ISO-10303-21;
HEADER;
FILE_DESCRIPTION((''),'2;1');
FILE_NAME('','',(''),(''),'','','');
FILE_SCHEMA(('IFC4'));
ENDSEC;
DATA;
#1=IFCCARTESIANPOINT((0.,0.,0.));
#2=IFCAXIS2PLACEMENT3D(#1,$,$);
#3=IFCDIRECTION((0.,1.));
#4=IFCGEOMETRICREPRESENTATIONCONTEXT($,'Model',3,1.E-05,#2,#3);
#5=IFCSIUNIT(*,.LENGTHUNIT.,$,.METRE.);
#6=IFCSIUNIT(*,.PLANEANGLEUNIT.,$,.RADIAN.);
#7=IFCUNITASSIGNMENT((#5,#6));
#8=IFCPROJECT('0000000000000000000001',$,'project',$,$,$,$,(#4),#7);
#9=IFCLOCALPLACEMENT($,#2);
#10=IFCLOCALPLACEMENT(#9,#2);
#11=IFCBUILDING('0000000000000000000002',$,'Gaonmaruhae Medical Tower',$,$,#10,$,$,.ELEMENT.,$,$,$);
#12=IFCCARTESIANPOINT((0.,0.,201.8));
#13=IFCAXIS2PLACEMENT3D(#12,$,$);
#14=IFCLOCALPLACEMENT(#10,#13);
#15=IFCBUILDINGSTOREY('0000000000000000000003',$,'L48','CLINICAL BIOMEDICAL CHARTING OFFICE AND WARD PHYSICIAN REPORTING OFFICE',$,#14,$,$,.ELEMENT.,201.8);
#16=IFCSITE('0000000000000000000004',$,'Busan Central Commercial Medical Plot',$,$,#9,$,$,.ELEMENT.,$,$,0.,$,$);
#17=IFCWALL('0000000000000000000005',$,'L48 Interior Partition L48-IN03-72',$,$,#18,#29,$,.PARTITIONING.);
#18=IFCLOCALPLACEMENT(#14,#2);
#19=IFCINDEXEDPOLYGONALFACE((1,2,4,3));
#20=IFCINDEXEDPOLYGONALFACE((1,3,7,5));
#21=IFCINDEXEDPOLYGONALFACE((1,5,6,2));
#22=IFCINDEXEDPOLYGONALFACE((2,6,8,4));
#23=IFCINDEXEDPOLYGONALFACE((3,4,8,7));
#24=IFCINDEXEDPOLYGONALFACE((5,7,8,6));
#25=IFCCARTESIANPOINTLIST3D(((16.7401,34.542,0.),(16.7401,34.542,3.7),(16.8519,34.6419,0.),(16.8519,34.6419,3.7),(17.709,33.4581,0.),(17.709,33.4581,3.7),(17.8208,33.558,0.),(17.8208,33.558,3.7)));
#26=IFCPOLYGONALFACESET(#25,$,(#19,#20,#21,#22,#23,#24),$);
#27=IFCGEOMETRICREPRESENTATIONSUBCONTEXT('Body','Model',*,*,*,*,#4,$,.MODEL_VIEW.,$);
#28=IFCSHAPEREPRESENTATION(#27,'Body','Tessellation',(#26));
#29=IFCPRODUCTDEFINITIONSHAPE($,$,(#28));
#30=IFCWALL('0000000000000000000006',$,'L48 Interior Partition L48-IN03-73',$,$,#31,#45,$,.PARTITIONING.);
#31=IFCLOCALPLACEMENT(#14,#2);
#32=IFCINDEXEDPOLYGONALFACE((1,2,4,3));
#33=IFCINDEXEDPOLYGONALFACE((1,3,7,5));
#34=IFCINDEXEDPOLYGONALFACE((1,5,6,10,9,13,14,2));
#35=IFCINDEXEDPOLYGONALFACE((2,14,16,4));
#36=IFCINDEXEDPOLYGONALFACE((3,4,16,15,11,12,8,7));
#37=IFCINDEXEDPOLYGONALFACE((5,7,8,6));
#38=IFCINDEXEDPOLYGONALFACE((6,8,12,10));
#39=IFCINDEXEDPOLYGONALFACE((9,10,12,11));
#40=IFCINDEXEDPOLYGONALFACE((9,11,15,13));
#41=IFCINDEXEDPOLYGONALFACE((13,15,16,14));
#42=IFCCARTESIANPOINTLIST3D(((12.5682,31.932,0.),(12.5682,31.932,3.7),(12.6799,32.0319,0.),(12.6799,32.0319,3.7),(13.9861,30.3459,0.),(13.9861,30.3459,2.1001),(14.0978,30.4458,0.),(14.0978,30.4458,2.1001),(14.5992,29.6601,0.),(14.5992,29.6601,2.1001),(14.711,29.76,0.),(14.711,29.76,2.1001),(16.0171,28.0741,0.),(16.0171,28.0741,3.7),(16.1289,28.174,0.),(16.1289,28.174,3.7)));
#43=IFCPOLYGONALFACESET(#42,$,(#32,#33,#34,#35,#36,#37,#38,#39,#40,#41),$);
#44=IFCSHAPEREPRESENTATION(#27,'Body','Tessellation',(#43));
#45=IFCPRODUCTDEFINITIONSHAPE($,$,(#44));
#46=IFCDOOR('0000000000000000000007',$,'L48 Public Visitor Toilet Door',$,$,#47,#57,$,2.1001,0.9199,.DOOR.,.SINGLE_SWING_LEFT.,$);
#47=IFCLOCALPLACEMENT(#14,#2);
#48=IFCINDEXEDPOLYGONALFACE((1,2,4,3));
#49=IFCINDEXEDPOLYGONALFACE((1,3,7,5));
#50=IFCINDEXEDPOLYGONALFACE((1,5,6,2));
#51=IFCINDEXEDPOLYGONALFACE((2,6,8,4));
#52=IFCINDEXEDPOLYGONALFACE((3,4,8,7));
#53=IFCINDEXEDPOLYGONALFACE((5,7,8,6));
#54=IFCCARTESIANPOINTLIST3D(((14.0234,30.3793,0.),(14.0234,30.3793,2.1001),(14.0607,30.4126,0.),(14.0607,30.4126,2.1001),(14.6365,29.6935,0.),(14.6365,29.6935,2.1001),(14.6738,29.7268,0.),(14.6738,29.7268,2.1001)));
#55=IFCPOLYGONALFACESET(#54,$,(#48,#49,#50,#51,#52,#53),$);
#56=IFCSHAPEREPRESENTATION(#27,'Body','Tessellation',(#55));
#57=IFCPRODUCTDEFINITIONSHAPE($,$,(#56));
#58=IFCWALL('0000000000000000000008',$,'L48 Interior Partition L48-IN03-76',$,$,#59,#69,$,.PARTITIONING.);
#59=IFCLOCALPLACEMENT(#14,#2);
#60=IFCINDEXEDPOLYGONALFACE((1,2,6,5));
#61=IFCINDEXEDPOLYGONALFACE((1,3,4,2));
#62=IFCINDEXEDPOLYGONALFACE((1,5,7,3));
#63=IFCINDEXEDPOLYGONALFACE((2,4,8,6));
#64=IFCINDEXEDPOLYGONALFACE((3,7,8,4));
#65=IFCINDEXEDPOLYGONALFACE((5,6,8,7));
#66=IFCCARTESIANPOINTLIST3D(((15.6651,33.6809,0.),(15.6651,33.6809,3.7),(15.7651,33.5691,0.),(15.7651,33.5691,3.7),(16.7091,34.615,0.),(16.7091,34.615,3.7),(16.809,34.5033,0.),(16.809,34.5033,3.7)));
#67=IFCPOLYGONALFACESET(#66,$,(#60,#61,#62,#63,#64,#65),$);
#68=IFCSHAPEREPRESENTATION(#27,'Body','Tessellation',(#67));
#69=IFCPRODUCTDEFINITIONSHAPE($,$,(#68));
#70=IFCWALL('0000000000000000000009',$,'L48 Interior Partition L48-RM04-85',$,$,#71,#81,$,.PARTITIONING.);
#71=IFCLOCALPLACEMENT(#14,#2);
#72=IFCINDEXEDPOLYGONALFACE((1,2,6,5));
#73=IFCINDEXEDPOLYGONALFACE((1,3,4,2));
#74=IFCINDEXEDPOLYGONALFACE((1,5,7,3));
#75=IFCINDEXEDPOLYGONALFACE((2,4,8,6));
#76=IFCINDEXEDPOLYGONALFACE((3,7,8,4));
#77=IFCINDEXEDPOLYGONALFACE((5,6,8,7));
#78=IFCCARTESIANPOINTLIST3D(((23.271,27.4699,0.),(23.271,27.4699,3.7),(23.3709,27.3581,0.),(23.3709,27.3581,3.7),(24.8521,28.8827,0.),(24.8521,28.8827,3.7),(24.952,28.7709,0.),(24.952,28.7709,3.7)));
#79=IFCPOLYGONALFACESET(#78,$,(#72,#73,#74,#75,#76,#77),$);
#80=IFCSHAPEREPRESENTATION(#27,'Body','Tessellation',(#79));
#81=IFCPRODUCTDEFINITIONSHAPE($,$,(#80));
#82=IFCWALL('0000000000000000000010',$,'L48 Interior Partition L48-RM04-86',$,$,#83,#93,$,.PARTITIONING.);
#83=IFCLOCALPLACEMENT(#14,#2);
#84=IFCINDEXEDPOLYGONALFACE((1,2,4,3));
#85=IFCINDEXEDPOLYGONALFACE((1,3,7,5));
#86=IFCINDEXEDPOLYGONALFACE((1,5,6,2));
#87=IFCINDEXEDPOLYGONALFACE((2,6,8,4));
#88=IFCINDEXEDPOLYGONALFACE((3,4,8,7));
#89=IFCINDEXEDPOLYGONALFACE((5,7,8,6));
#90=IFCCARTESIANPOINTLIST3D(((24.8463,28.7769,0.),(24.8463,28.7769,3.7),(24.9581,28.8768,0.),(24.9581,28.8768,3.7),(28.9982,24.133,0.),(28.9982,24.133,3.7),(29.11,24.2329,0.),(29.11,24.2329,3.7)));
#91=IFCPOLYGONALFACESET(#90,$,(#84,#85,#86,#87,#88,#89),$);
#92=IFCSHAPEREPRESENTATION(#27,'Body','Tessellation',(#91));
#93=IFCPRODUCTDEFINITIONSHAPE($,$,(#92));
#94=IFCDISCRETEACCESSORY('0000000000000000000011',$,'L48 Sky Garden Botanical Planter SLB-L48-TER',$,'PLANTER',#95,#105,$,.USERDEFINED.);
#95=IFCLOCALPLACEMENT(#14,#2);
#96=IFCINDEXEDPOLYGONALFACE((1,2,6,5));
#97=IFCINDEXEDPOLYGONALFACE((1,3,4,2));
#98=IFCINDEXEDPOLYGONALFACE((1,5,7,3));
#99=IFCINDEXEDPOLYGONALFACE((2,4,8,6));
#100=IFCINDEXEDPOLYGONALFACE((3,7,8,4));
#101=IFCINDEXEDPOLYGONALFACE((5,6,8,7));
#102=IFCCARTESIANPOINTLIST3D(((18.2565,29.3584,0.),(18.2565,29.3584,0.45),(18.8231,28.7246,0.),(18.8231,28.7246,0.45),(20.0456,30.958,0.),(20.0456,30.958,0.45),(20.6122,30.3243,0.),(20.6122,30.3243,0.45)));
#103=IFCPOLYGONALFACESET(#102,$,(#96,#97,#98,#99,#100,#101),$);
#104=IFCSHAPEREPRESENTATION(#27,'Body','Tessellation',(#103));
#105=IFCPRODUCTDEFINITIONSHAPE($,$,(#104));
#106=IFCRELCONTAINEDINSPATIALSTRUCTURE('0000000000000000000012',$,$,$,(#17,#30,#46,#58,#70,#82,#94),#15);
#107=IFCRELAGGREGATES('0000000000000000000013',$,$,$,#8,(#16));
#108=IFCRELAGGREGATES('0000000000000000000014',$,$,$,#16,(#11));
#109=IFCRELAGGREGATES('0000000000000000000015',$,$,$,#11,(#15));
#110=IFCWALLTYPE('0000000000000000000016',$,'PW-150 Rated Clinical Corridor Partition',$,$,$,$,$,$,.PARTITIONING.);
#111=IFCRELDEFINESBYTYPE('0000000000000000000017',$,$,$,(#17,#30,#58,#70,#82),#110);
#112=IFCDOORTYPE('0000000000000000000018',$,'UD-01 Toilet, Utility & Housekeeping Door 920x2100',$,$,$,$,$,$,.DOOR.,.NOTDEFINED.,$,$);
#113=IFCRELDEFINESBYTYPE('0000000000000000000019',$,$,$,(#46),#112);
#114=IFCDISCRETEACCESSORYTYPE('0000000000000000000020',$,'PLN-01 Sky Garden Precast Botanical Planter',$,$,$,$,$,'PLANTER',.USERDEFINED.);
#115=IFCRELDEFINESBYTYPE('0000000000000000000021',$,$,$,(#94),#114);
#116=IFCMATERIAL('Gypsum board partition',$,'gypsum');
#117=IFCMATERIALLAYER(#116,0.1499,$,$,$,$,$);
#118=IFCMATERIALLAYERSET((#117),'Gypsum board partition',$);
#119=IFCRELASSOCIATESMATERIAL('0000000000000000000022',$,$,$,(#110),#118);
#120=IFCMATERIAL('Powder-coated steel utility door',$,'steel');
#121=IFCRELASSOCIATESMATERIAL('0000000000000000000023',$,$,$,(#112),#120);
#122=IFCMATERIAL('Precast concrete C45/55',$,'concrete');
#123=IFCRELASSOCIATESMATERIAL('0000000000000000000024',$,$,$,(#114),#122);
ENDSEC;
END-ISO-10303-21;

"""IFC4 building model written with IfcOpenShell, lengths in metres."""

from ifc_helpers import new_model, si_unit, direction, frame, frame_2d, origin, origin_2d, place, context, subcontext, project, spatial, rectangle, extrude, material, layer, layer_set, type_object, element, fill, save


model = new_model("IFC4")

# Units and contexts
model_context = context("Model", 3, precision=1e-05, world=origin(), true_north=direction((0.0, 1.0)))
body_context = subcontext(model_context, "Body", "Model", "MODEL_VIEW")
ifc_project = project(units=[si_unit("LENGTHUNIT", "METRE"), si_unit("PLANEANGLEUNIT", "RADIAN")], contexts=[model_context])

# Site, building, storey
site_placement = place(None, origin())
site = spatial("IfcSite", under=ifc_project, at=site_placement, Name="Busan Central Commercial Medical Plot", CompositionType="ELEMENT", RefElevation=0.0)
building_placement = place(site_placement, origin())
building = spatial("IfcBuilding", under=site, at=building_placement, Name="Gaonmaruhae Medical Tower", CompositionType="ELEMENT")
storey_placement = place(building_placement, frame((0.0, 0.0, 201.8)))
storey = spatial("IfcBuildingStorey", under=building, at=storey_placement, Name="L48", Description="CLINICAL BIOMEDICAL CHARTING OFFICE AND WARD PHYSICIAN REPORTING OFFICE", CompositionType="ELEMENT", Elevation=201.8)

# Shared definitions
ifc_material_1 = material(Name="Precast concrete C45/55", Category="concrete")

# Wall
ifc_material_2 = material(Name="Gypsum board partition", Category="gypsum")
ifc_layer_1 = layer(ifc_material_2, 0.1499)
ifc_layer_set_1 = layer_set([ifc_layer_1], Name="Gypsum board partition")
wall_type_1 = type_object("IfcWallType", Name="PW-150 Rated Clinical Corridor Partition", PredefinedType="PARTITIONING", material=ifc_layer_set_1)
wall_1_placement = place(storey_placement, frame((16.7959, 34.592, 0.0), z_axis=(0.0, 0.0, 1.0), x_axis=(0.666456, -0.745544, 0.0)))
element("IfcWall", 1, at=wall_1_placement, inside=storey, type_object=wall_type_1, Name="L48 Interior Partition L48-IN03-72", PredefinedType="PARTITIONING", context=body_context, shape_type="SweptSolid", body=[
    extrude(rectangle(XDim=1.4539, YDim=0.1499, at=frame_2d((0.7271, 0.0))), origin(), (0.0, 0.0, 1.0), 3.7),
])

# Wall, opening, door
wall_2_placement = place(storey_placement, frame((16.073, 28.124, 0.0), z_axis=(0.0, 0.0, 1.0), x_axis=(-0.66649, 0.745514, 0.0)))
wall_2 = element("IfcWall", 2, at=wall_2_placement, inside=storey, type_object=wall_type_1, Name="L48 Interior Partition L48-IN03-73", PredefinedType="PARTITIONING", context=body_context, shape_type="SweptSolid", body=[
    extrude(rectangle(XDim=5.1748, YDim=0.1499, at=frame_2d((2.5874, 0.0))), origin(), (0.0, 0.0, 1.0), 3.7),
])
opening_1_placement = place(wall_2_placement, frame((2.1274, 0.0, 0.0)))
opening_1 = element("IfcOpeningElement", 3, at=opening_1_placement, cuts=wall_2, PredefinedType="OPENING", context=body_context, shape_type="SweptSolid", body=[
    extrude(rectangle(XDim=0.9199, YDim=2.1001, at=frame_2d((0.46, 1.05))), frame((0.0, 0.085, 0.0), z_axis=(0.0, -1.0, 0.0), x_axis=(1.0, 0.0, 0.0)), (0.0, 0.0, 1.0), 0.1699),
])
ifc_material_3 = material(Name="Powder-coated steel utility door", Category="steel")
door_type_1 = type_object("IfcDoorType", Name="UD-01 Toilet, Utility & Housekeeping Door 920x2100", OperationType="NOTDEFINED", PredefinedType="DOOR", material=ifc_material_3)
door_1_placement = place(opening_1_placement, origin())
door_1 = element("IfcDoor", 4, at=door_1_placement, inside=storey, type_object=door_type_1, Name="L48 Public Visitor Toilet Door", OperationType="SINGLE_SWING_LEFT", OverallHeight=2.1001, OverallWidth=0.9199, PredefinedType="DOOR", context=body_context, shape_type="SweptSolid", body=[
    extrude(rectangle(XDim=0.9199, YDim=2.1001, at=frame_2d((0.46, 1.05))), frame((0.0, 0.0249, 0.0), z_axis=(0.0, -1.0, 0.0), x_axis=(1.0, 0.0, 0.0)), (0.0, 0.0, 1.0), 0.05),
])
fill(opening_1, door_1)

# Walls
wall_3_placement = place(storey_placement, frame((15.7151, 33.625, 0.0), z_axis=(0.0, 0.0, 1.0), x_axis=(0.745232, 0.666805, 0.0)))
element("IfcWall", 5, at=wall_3_placement, inside=storey, type_object=wall_type_1, Name="L48 Interior Partition L48-IN03-76", PredefinedType="PARTITIONING", context=body_context, shape_type="SweptSolid", body=[
    extrude(rectangle(XDim=1.4009, YDim=0.1499, at=frame_2d((0.7004, 0.0))), origin(), (0.0, 0.0, 1.0), 3.7),
])
wall_4_placement = place(storey_placement, frame((23.321, 27.4141, 0.0), z_axis=(0.0, 0.0, 1.0), x_axis=(0.74566, 0.666327, 0.0)))
element("IfcWall", 6, at=wall_4_placement, inside=storey, type_object=wall_type_1, Name="L48 Interior Partition L48-RM04-85", PredefinedType="PARTITIONING", context=body_context, shape_type="SweptSolid", body=[
    extrude(rectangle(XDim=2.1204, YDim=0.1499, at=frame_2d((1.0601, 0.0))), origin(), (0.0, 0.0, 1.0), 3.7),
])
wall_5_placement = place(storey_placement, frame((24.9021, 28.8269, 0.0), z_axis=(0.0, 0.0, 1.0), x_axis=(0.666516, -0.74549, 0.0)))
element("IfcWall", 7, at=wall_5_placement, inside=storey, type_object=wall_type_1, Name="L48 Interior Partition L48-RM04-86", PredefinedType="PARTITIONING", context=body_context, shape_type="SweptSolid", body=[
    extrude(rectangle(XDim=6.2292, YDim=0.1499, at=frame_2d((3.1147, 0.0))), origin(), (0.0, 0.0, 1.0), 3.7),
])

# Discrete accessory
discrete_accessory_type = type_object("IfcDiscreteAccessoryType", Name="PLN-01 Sky Garden Precast Botanical Planter", ElementType="PLANTER", PredefinedType="USERDEFINED", material=ifc_material_1)
discrete_accessory_placement = place(storey_placement, frame((19.4343, 29.8413, 0.0), z_axis=(0.0, 0.0, 1.0), x_axis=(0.745476, 0.666532, 0.0)))
element("IfcDiscreteAccessory", 8, at=discrete_accessory_placement, inside=storey, type_object=discrete_accessory_type, Name="L48 Sky Garden Botanical Planter SLB-L48-TER", ObjectType="PLANTER", PredefinedType="USERDEFINED", context=body_context, shape_type="SweptSolid", body=[
    extrude(rectangle(XDim=2.3999, YDim=0.8501, at=origin_2d()), origin(), (0.0, 0.0, 1.0), 0.45),
])

save(model, "model.ifc")
